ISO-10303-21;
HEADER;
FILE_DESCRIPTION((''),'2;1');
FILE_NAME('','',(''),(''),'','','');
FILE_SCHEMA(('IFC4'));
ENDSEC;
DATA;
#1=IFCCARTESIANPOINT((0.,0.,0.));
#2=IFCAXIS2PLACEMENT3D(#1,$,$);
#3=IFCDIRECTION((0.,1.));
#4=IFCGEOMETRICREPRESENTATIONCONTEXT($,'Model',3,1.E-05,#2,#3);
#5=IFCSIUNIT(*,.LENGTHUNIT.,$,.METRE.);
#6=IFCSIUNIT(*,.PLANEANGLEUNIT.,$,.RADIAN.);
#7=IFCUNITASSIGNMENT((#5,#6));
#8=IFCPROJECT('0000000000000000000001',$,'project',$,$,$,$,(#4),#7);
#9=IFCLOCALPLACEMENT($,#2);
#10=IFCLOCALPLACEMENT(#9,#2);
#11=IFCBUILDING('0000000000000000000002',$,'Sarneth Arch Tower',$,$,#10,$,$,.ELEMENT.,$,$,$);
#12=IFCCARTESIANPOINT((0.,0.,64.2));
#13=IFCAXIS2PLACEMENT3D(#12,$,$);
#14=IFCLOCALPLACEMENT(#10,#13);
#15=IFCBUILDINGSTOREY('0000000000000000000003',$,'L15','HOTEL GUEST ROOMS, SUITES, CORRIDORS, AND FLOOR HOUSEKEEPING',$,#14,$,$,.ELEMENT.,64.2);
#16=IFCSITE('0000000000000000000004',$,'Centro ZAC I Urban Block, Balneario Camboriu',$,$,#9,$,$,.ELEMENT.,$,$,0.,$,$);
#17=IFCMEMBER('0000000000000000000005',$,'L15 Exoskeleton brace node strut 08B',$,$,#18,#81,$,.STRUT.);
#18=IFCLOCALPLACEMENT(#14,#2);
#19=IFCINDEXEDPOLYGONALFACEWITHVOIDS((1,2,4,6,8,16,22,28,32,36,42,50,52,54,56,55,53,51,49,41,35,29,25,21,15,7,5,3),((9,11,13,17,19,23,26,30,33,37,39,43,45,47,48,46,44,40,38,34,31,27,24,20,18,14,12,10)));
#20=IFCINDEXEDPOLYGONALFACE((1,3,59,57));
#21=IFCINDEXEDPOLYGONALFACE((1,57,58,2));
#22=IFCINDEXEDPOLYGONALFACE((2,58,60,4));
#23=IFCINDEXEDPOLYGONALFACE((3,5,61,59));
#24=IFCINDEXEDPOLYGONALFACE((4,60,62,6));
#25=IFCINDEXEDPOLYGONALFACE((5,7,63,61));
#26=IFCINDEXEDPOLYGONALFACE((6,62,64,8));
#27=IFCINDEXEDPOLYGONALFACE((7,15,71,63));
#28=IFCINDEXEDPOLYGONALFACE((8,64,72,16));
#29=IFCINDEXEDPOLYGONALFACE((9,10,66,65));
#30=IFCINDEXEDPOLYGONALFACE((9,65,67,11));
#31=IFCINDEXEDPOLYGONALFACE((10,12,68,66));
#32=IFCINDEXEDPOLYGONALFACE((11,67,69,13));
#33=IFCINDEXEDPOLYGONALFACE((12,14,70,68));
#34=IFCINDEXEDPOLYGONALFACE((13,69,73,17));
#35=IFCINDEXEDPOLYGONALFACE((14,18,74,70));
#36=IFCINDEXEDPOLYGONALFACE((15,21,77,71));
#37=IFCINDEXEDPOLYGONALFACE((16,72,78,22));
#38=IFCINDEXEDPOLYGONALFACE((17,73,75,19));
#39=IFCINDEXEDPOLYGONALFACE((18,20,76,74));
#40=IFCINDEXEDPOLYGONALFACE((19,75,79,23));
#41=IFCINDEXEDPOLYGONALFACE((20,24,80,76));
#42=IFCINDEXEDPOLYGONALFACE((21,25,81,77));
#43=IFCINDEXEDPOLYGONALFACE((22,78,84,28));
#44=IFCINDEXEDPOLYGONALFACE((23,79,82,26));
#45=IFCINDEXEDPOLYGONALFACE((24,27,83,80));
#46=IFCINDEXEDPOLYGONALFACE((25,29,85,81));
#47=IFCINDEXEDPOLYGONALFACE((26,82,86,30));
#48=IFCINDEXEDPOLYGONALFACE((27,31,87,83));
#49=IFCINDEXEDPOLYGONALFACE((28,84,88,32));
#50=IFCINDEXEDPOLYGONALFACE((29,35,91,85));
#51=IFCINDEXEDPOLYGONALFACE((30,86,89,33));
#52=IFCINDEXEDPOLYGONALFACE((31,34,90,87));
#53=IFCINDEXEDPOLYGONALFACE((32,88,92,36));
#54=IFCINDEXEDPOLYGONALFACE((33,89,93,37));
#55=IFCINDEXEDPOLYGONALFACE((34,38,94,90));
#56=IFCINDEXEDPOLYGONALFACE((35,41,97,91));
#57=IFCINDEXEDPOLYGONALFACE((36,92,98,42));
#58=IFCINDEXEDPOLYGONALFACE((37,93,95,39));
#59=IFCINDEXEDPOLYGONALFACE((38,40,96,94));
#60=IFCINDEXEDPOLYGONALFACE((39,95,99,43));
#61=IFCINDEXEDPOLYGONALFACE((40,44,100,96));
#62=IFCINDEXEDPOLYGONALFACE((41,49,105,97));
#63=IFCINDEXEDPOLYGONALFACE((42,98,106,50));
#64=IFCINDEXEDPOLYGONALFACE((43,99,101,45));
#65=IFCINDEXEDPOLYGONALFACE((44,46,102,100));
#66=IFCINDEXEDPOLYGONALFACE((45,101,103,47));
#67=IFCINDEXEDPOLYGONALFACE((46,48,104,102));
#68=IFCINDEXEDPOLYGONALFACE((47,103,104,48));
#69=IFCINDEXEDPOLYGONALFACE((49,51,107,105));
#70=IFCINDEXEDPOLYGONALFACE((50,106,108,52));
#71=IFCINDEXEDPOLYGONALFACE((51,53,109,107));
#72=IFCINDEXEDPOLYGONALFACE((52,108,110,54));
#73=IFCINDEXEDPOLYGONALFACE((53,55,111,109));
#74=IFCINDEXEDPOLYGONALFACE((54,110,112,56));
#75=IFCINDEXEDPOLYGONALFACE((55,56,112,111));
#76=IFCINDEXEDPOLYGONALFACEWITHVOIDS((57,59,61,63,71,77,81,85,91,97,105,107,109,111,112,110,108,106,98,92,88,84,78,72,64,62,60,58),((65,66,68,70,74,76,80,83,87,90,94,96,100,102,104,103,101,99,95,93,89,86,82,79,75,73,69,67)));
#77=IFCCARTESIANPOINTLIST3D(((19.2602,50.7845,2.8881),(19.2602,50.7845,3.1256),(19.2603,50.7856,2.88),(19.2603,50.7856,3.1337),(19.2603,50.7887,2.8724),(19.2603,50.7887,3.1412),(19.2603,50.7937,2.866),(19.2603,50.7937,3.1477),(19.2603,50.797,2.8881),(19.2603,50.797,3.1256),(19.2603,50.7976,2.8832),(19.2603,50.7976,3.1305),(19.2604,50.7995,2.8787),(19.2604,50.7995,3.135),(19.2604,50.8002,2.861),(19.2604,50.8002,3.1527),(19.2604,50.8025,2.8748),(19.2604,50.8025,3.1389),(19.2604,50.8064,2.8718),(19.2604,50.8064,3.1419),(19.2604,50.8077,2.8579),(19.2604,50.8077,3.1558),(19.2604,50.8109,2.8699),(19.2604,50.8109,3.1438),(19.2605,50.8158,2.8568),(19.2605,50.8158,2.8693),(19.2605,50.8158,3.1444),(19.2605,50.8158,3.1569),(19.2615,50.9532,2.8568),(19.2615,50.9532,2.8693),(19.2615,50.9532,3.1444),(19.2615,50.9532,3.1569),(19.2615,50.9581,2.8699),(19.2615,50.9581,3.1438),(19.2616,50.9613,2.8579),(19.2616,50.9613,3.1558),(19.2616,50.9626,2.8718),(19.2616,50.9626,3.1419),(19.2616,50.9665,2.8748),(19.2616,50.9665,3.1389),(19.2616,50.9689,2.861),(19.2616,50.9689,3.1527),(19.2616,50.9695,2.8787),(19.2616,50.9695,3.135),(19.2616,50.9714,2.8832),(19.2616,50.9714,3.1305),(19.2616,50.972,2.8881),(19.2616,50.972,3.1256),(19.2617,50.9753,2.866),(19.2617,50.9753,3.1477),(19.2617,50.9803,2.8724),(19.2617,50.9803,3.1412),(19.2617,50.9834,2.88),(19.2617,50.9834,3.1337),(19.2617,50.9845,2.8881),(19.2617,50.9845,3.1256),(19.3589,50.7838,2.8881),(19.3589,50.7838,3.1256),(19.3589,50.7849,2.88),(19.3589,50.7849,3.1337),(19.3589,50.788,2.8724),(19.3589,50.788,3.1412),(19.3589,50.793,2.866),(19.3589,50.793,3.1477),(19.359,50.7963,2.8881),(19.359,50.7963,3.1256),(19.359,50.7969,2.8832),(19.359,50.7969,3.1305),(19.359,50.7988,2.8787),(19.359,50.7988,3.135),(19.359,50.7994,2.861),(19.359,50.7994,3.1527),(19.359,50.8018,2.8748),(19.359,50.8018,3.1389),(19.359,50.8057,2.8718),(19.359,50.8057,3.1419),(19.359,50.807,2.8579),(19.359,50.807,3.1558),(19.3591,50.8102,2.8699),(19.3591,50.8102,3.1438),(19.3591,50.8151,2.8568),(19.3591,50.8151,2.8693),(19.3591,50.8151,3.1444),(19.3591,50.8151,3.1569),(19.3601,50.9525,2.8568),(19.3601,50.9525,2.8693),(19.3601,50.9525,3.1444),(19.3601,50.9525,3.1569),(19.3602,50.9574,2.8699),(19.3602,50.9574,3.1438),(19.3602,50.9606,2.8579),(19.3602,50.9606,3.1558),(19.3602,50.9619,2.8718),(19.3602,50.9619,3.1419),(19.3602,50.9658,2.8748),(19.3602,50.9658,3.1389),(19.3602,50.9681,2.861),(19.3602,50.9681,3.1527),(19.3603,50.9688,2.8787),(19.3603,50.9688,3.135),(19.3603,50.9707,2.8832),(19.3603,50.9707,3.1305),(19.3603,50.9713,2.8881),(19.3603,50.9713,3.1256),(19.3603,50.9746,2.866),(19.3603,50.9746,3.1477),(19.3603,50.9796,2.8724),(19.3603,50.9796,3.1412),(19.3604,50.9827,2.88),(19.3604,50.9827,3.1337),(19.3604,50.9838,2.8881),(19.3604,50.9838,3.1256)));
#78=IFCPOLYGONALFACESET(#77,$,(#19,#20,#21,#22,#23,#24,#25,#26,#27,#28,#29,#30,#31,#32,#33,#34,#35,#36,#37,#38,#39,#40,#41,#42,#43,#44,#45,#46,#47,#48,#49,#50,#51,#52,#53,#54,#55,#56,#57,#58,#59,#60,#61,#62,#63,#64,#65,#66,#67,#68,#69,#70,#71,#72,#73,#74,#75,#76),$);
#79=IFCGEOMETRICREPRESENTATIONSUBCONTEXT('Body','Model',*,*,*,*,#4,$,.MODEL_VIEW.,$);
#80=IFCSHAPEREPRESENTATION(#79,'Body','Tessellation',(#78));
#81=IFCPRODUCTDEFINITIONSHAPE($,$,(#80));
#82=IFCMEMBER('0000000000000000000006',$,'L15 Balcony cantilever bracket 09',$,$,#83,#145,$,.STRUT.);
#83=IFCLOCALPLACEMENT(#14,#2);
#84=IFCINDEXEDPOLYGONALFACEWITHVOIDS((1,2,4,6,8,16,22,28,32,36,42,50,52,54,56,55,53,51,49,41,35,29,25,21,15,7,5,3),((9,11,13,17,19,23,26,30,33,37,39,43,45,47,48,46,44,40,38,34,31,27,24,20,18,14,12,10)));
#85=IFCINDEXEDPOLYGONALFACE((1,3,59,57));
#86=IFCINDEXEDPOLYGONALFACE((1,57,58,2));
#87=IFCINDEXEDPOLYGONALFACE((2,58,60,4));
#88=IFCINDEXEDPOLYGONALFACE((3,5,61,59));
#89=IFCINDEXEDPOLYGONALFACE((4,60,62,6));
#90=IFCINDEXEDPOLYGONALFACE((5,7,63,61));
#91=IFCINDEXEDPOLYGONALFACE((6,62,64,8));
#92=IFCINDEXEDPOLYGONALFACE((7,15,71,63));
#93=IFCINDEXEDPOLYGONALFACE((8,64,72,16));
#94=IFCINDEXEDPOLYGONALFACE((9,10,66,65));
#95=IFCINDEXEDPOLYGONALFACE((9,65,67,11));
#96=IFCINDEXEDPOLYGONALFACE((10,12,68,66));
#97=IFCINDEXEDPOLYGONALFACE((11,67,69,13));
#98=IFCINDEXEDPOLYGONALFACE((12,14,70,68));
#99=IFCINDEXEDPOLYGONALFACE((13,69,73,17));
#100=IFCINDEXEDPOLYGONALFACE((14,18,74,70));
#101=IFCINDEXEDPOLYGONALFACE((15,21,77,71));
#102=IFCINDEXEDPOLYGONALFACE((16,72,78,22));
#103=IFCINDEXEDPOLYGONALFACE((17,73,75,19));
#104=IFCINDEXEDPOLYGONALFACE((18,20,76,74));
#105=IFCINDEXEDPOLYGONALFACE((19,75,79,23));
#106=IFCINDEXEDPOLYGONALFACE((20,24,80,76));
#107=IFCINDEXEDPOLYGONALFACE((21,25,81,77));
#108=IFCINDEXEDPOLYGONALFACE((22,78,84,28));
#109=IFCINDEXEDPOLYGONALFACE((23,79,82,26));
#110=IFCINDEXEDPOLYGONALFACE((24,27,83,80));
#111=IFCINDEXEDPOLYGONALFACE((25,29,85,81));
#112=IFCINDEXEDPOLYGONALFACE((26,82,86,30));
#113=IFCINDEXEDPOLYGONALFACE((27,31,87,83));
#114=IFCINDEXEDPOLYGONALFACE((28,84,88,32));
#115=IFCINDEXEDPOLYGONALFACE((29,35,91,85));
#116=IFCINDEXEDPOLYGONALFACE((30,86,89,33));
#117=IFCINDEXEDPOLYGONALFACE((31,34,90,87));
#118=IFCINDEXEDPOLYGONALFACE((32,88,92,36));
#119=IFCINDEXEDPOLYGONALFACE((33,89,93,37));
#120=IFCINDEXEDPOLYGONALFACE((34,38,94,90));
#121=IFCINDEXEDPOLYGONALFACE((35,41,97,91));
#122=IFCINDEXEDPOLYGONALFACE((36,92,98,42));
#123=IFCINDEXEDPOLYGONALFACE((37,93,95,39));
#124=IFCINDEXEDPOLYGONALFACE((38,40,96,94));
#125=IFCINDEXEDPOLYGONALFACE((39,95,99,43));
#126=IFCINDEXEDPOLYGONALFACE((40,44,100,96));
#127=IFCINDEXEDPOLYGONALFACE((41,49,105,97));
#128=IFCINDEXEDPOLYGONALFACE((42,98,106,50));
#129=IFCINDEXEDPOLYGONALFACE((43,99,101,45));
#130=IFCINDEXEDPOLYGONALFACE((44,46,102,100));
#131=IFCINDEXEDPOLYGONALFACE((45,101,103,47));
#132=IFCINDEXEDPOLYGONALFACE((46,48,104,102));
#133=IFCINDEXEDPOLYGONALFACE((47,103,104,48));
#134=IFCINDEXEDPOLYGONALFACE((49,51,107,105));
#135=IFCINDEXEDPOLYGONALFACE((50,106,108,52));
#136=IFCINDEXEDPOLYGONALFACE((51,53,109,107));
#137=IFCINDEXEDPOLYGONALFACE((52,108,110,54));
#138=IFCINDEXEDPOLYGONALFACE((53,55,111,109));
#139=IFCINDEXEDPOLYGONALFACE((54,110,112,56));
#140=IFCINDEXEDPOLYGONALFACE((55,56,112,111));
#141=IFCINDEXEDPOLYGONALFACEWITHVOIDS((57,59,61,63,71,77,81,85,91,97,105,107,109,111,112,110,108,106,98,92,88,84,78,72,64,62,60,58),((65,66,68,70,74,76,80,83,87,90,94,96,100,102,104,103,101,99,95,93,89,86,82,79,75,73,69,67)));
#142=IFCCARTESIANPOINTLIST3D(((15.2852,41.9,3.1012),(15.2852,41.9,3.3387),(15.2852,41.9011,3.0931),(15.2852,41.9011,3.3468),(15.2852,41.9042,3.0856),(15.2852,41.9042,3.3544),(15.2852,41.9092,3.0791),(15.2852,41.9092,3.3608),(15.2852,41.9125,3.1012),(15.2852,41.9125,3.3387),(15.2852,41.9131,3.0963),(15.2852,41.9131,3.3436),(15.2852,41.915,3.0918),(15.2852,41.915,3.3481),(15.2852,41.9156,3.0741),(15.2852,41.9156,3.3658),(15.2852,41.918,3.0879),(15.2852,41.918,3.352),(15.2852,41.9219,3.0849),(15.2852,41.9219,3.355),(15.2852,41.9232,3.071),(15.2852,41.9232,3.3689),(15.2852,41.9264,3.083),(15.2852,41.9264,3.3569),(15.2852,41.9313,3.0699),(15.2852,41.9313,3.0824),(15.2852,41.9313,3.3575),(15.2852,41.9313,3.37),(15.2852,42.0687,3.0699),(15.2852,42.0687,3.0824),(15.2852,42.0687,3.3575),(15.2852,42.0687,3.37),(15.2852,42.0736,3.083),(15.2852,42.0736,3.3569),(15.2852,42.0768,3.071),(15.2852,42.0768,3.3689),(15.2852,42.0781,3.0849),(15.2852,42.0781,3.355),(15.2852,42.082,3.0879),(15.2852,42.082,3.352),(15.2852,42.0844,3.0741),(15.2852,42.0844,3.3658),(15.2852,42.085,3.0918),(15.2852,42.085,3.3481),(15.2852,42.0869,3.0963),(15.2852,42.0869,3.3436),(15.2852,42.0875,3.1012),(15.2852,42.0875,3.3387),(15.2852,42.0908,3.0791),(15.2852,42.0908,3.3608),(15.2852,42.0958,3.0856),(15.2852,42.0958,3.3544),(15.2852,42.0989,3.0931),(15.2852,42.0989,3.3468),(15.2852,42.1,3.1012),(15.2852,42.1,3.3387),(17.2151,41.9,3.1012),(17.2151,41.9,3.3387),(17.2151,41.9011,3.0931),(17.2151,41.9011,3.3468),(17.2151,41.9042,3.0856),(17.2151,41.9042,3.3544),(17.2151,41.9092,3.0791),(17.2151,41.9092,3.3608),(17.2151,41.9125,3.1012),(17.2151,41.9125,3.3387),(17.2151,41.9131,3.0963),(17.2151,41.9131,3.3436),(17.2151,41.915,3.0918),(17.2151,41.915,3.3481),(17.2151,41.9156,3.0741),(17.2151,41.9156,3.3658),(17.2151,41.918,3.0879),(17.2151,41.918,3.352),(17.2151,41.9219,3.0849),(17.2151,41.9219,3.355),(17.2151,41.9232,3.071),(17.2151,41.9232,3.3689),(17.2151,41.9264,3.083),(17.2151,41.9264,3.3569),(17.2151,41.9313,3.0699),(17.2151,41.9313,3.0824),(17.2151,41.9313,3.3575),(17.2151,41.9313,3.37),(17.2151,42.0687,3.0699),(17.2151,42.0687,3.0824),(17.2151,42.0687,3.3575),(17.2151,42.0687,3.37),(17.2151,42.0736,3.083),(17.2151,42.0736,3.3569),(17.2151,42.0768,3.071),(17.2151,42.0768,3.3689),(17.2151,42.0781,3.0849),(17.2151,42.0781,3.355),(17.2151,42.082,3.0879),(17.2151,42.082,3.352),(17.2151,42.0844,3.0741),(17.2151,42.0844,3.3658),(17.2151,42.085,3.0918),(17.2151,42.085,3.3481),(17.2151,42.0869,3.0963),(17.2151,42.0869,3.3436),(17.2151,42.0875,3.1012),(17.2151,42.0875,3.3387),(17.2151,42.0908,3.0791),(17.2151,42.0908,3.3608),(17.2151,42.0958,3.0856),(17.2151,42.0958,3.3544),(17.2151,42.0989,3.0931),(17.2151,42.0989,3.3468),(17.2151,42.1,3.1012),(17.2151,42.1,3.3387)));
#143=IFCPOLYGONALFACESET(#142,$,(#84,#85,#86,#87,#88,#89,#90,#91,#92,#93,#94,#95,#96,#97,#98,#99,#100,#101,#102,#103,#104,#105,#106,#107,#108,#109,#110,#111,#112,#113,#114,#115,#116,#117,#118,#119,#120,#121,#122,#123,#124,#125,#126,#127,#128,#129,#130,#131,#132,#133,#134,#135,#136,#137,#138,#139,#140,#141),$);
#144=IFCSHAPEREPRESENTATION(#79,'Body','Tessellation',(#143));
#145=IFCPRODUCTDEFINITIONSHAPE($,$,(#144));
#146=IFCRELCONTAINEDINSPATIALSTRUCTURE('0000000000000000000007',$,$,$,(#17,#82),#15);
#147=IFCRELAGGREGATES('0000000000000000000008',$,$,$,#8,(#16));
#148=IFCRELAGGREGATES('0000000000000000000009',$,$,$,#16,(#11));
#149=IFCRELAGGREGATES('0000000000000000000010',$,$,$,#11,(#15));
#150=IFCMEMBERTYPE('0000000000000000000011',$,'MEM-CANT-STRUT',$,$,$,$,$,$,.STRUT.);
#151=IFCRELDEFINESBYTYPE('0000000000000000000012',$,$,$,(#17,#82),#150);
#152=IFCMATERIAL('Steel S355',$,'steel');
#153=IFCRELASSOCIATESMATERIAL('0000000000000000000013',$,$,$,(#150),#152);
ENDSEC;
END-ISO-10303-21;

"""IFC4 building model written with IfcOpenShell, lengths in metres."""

from ifc_helpers import new_model, si_unit, direction, frame, origin, origin_2d, place, context, subcontext, project, spatial, hollow_rectangle, extrude, material, material_profile, profile_set, type_object, element, save


model = new_model("IFC4")

# Units and contexts
model_context = context("Model", 3, precision=1e-05, world=origin(), true_north=direction((0.0, 1.0)))
body_context = subcontext(model_context, "Body", "Model", "MODEL_VIEW")
ifc_project = project(units=[si_unit("LENGTHUNIT", "METRE"), si_unit("PLANEANGLEUNIT", "RADIAN")], contexts=[model_context])

# Site, building, storey
site_placement = place(None, origin())
site = spatial("IfcSite", under=ifc_project, at=site_placement, Name="Centro ZAC I Urban Block, Balneario Camboriu", CompositionType="ELEMENT", RefElevation=0.0)
building_placement = place(site_placement, origin())
building = spatial("IfcBuilding", under=site, at=building_placement, Name="Sarneth Arch Tower", CompositionType="ELEMENT")
storey_placement = place(building_placement, frame((0.0, 0.0, 64.2)))
storey = spatial("IfcBuildingStorey", under=building, at=storey_placement, Name="L15", Description="HOTEL GUEST ROOMS, SUITES, CORRIDORS, AND FLOOR HOUSEKEEPING", CompositionType="ELEMENT", Elevation=64.2)

# Members
ifc_material_1 = material(Name="Steel S355", Category="steel")
ifc_material_profile_1 = material_profile(ifc_material_1, hollow_rectangle(XDim=0.2, YDim=0.3, WallThickness=0.0125, InnerFilletRadius=0.0188, OuterFilletRadius=0.0312, at=origin_2d()), Name="RHS300x200x12.5")
ifc_profile_set_1 = profile_set([ifc_material_profile_1], Name="Steel S355")
member_type_1 = type_object("IfcMemberType", Name="MEM-CANT-STRUT", PredefinedType="STRUT", material=ifc_profile_set_1)
member_1_placement = place(storey_placement, frame((19.3596, 50.8838, 3.0068), z_axis=(-0.999972, 0.007426, 0.0), x_axis=(-0.007426, -0.999972, 0.0)))
element("IfcMember", 1, at=member_1_placement, inside=storey, type_object=member_type_1, Name="L15 Exoskeleton brace node strut 08B", PredefinedType="STRUT", context=body_context, shape_type="SweptSolid", body=[
    extrude(hollow_rectangle(XDim=0.2, YDim=0.3, WallThickness=0.0125, InnerFilletRadius=0.0188, OuterFilletRadius=0.0312, at=origin_2d()), origin(), (0.0, 0.0, 1.0), 0.0986),
])
member_2_placement = place(storey_placement, frame((17.2151, 42.0, 3.22), z_axis=(-1.0, 0.0, 0.0), x_axis=(0.0, -1.0, 0.0)))
element("IfcMember", 2, at=member_2_placement, inside=storey, type_object=member_type_1, Name="L15 Balcony cantilever bracket 09", PredefinedType="STRUT", context=body_context, shape_type="SweptSolid", body=[
    extrude(hollow_rectangle(XDim=0.2, YDim=0.3, WallThickness=0.0125, InnerFilletRadius=0.0188, OuterFilletRadius=0.0312, at=origin_2d()), origin(), (0.0, 0.0, 1.0), 1.9299),
])

save(model, "model.ifc")
